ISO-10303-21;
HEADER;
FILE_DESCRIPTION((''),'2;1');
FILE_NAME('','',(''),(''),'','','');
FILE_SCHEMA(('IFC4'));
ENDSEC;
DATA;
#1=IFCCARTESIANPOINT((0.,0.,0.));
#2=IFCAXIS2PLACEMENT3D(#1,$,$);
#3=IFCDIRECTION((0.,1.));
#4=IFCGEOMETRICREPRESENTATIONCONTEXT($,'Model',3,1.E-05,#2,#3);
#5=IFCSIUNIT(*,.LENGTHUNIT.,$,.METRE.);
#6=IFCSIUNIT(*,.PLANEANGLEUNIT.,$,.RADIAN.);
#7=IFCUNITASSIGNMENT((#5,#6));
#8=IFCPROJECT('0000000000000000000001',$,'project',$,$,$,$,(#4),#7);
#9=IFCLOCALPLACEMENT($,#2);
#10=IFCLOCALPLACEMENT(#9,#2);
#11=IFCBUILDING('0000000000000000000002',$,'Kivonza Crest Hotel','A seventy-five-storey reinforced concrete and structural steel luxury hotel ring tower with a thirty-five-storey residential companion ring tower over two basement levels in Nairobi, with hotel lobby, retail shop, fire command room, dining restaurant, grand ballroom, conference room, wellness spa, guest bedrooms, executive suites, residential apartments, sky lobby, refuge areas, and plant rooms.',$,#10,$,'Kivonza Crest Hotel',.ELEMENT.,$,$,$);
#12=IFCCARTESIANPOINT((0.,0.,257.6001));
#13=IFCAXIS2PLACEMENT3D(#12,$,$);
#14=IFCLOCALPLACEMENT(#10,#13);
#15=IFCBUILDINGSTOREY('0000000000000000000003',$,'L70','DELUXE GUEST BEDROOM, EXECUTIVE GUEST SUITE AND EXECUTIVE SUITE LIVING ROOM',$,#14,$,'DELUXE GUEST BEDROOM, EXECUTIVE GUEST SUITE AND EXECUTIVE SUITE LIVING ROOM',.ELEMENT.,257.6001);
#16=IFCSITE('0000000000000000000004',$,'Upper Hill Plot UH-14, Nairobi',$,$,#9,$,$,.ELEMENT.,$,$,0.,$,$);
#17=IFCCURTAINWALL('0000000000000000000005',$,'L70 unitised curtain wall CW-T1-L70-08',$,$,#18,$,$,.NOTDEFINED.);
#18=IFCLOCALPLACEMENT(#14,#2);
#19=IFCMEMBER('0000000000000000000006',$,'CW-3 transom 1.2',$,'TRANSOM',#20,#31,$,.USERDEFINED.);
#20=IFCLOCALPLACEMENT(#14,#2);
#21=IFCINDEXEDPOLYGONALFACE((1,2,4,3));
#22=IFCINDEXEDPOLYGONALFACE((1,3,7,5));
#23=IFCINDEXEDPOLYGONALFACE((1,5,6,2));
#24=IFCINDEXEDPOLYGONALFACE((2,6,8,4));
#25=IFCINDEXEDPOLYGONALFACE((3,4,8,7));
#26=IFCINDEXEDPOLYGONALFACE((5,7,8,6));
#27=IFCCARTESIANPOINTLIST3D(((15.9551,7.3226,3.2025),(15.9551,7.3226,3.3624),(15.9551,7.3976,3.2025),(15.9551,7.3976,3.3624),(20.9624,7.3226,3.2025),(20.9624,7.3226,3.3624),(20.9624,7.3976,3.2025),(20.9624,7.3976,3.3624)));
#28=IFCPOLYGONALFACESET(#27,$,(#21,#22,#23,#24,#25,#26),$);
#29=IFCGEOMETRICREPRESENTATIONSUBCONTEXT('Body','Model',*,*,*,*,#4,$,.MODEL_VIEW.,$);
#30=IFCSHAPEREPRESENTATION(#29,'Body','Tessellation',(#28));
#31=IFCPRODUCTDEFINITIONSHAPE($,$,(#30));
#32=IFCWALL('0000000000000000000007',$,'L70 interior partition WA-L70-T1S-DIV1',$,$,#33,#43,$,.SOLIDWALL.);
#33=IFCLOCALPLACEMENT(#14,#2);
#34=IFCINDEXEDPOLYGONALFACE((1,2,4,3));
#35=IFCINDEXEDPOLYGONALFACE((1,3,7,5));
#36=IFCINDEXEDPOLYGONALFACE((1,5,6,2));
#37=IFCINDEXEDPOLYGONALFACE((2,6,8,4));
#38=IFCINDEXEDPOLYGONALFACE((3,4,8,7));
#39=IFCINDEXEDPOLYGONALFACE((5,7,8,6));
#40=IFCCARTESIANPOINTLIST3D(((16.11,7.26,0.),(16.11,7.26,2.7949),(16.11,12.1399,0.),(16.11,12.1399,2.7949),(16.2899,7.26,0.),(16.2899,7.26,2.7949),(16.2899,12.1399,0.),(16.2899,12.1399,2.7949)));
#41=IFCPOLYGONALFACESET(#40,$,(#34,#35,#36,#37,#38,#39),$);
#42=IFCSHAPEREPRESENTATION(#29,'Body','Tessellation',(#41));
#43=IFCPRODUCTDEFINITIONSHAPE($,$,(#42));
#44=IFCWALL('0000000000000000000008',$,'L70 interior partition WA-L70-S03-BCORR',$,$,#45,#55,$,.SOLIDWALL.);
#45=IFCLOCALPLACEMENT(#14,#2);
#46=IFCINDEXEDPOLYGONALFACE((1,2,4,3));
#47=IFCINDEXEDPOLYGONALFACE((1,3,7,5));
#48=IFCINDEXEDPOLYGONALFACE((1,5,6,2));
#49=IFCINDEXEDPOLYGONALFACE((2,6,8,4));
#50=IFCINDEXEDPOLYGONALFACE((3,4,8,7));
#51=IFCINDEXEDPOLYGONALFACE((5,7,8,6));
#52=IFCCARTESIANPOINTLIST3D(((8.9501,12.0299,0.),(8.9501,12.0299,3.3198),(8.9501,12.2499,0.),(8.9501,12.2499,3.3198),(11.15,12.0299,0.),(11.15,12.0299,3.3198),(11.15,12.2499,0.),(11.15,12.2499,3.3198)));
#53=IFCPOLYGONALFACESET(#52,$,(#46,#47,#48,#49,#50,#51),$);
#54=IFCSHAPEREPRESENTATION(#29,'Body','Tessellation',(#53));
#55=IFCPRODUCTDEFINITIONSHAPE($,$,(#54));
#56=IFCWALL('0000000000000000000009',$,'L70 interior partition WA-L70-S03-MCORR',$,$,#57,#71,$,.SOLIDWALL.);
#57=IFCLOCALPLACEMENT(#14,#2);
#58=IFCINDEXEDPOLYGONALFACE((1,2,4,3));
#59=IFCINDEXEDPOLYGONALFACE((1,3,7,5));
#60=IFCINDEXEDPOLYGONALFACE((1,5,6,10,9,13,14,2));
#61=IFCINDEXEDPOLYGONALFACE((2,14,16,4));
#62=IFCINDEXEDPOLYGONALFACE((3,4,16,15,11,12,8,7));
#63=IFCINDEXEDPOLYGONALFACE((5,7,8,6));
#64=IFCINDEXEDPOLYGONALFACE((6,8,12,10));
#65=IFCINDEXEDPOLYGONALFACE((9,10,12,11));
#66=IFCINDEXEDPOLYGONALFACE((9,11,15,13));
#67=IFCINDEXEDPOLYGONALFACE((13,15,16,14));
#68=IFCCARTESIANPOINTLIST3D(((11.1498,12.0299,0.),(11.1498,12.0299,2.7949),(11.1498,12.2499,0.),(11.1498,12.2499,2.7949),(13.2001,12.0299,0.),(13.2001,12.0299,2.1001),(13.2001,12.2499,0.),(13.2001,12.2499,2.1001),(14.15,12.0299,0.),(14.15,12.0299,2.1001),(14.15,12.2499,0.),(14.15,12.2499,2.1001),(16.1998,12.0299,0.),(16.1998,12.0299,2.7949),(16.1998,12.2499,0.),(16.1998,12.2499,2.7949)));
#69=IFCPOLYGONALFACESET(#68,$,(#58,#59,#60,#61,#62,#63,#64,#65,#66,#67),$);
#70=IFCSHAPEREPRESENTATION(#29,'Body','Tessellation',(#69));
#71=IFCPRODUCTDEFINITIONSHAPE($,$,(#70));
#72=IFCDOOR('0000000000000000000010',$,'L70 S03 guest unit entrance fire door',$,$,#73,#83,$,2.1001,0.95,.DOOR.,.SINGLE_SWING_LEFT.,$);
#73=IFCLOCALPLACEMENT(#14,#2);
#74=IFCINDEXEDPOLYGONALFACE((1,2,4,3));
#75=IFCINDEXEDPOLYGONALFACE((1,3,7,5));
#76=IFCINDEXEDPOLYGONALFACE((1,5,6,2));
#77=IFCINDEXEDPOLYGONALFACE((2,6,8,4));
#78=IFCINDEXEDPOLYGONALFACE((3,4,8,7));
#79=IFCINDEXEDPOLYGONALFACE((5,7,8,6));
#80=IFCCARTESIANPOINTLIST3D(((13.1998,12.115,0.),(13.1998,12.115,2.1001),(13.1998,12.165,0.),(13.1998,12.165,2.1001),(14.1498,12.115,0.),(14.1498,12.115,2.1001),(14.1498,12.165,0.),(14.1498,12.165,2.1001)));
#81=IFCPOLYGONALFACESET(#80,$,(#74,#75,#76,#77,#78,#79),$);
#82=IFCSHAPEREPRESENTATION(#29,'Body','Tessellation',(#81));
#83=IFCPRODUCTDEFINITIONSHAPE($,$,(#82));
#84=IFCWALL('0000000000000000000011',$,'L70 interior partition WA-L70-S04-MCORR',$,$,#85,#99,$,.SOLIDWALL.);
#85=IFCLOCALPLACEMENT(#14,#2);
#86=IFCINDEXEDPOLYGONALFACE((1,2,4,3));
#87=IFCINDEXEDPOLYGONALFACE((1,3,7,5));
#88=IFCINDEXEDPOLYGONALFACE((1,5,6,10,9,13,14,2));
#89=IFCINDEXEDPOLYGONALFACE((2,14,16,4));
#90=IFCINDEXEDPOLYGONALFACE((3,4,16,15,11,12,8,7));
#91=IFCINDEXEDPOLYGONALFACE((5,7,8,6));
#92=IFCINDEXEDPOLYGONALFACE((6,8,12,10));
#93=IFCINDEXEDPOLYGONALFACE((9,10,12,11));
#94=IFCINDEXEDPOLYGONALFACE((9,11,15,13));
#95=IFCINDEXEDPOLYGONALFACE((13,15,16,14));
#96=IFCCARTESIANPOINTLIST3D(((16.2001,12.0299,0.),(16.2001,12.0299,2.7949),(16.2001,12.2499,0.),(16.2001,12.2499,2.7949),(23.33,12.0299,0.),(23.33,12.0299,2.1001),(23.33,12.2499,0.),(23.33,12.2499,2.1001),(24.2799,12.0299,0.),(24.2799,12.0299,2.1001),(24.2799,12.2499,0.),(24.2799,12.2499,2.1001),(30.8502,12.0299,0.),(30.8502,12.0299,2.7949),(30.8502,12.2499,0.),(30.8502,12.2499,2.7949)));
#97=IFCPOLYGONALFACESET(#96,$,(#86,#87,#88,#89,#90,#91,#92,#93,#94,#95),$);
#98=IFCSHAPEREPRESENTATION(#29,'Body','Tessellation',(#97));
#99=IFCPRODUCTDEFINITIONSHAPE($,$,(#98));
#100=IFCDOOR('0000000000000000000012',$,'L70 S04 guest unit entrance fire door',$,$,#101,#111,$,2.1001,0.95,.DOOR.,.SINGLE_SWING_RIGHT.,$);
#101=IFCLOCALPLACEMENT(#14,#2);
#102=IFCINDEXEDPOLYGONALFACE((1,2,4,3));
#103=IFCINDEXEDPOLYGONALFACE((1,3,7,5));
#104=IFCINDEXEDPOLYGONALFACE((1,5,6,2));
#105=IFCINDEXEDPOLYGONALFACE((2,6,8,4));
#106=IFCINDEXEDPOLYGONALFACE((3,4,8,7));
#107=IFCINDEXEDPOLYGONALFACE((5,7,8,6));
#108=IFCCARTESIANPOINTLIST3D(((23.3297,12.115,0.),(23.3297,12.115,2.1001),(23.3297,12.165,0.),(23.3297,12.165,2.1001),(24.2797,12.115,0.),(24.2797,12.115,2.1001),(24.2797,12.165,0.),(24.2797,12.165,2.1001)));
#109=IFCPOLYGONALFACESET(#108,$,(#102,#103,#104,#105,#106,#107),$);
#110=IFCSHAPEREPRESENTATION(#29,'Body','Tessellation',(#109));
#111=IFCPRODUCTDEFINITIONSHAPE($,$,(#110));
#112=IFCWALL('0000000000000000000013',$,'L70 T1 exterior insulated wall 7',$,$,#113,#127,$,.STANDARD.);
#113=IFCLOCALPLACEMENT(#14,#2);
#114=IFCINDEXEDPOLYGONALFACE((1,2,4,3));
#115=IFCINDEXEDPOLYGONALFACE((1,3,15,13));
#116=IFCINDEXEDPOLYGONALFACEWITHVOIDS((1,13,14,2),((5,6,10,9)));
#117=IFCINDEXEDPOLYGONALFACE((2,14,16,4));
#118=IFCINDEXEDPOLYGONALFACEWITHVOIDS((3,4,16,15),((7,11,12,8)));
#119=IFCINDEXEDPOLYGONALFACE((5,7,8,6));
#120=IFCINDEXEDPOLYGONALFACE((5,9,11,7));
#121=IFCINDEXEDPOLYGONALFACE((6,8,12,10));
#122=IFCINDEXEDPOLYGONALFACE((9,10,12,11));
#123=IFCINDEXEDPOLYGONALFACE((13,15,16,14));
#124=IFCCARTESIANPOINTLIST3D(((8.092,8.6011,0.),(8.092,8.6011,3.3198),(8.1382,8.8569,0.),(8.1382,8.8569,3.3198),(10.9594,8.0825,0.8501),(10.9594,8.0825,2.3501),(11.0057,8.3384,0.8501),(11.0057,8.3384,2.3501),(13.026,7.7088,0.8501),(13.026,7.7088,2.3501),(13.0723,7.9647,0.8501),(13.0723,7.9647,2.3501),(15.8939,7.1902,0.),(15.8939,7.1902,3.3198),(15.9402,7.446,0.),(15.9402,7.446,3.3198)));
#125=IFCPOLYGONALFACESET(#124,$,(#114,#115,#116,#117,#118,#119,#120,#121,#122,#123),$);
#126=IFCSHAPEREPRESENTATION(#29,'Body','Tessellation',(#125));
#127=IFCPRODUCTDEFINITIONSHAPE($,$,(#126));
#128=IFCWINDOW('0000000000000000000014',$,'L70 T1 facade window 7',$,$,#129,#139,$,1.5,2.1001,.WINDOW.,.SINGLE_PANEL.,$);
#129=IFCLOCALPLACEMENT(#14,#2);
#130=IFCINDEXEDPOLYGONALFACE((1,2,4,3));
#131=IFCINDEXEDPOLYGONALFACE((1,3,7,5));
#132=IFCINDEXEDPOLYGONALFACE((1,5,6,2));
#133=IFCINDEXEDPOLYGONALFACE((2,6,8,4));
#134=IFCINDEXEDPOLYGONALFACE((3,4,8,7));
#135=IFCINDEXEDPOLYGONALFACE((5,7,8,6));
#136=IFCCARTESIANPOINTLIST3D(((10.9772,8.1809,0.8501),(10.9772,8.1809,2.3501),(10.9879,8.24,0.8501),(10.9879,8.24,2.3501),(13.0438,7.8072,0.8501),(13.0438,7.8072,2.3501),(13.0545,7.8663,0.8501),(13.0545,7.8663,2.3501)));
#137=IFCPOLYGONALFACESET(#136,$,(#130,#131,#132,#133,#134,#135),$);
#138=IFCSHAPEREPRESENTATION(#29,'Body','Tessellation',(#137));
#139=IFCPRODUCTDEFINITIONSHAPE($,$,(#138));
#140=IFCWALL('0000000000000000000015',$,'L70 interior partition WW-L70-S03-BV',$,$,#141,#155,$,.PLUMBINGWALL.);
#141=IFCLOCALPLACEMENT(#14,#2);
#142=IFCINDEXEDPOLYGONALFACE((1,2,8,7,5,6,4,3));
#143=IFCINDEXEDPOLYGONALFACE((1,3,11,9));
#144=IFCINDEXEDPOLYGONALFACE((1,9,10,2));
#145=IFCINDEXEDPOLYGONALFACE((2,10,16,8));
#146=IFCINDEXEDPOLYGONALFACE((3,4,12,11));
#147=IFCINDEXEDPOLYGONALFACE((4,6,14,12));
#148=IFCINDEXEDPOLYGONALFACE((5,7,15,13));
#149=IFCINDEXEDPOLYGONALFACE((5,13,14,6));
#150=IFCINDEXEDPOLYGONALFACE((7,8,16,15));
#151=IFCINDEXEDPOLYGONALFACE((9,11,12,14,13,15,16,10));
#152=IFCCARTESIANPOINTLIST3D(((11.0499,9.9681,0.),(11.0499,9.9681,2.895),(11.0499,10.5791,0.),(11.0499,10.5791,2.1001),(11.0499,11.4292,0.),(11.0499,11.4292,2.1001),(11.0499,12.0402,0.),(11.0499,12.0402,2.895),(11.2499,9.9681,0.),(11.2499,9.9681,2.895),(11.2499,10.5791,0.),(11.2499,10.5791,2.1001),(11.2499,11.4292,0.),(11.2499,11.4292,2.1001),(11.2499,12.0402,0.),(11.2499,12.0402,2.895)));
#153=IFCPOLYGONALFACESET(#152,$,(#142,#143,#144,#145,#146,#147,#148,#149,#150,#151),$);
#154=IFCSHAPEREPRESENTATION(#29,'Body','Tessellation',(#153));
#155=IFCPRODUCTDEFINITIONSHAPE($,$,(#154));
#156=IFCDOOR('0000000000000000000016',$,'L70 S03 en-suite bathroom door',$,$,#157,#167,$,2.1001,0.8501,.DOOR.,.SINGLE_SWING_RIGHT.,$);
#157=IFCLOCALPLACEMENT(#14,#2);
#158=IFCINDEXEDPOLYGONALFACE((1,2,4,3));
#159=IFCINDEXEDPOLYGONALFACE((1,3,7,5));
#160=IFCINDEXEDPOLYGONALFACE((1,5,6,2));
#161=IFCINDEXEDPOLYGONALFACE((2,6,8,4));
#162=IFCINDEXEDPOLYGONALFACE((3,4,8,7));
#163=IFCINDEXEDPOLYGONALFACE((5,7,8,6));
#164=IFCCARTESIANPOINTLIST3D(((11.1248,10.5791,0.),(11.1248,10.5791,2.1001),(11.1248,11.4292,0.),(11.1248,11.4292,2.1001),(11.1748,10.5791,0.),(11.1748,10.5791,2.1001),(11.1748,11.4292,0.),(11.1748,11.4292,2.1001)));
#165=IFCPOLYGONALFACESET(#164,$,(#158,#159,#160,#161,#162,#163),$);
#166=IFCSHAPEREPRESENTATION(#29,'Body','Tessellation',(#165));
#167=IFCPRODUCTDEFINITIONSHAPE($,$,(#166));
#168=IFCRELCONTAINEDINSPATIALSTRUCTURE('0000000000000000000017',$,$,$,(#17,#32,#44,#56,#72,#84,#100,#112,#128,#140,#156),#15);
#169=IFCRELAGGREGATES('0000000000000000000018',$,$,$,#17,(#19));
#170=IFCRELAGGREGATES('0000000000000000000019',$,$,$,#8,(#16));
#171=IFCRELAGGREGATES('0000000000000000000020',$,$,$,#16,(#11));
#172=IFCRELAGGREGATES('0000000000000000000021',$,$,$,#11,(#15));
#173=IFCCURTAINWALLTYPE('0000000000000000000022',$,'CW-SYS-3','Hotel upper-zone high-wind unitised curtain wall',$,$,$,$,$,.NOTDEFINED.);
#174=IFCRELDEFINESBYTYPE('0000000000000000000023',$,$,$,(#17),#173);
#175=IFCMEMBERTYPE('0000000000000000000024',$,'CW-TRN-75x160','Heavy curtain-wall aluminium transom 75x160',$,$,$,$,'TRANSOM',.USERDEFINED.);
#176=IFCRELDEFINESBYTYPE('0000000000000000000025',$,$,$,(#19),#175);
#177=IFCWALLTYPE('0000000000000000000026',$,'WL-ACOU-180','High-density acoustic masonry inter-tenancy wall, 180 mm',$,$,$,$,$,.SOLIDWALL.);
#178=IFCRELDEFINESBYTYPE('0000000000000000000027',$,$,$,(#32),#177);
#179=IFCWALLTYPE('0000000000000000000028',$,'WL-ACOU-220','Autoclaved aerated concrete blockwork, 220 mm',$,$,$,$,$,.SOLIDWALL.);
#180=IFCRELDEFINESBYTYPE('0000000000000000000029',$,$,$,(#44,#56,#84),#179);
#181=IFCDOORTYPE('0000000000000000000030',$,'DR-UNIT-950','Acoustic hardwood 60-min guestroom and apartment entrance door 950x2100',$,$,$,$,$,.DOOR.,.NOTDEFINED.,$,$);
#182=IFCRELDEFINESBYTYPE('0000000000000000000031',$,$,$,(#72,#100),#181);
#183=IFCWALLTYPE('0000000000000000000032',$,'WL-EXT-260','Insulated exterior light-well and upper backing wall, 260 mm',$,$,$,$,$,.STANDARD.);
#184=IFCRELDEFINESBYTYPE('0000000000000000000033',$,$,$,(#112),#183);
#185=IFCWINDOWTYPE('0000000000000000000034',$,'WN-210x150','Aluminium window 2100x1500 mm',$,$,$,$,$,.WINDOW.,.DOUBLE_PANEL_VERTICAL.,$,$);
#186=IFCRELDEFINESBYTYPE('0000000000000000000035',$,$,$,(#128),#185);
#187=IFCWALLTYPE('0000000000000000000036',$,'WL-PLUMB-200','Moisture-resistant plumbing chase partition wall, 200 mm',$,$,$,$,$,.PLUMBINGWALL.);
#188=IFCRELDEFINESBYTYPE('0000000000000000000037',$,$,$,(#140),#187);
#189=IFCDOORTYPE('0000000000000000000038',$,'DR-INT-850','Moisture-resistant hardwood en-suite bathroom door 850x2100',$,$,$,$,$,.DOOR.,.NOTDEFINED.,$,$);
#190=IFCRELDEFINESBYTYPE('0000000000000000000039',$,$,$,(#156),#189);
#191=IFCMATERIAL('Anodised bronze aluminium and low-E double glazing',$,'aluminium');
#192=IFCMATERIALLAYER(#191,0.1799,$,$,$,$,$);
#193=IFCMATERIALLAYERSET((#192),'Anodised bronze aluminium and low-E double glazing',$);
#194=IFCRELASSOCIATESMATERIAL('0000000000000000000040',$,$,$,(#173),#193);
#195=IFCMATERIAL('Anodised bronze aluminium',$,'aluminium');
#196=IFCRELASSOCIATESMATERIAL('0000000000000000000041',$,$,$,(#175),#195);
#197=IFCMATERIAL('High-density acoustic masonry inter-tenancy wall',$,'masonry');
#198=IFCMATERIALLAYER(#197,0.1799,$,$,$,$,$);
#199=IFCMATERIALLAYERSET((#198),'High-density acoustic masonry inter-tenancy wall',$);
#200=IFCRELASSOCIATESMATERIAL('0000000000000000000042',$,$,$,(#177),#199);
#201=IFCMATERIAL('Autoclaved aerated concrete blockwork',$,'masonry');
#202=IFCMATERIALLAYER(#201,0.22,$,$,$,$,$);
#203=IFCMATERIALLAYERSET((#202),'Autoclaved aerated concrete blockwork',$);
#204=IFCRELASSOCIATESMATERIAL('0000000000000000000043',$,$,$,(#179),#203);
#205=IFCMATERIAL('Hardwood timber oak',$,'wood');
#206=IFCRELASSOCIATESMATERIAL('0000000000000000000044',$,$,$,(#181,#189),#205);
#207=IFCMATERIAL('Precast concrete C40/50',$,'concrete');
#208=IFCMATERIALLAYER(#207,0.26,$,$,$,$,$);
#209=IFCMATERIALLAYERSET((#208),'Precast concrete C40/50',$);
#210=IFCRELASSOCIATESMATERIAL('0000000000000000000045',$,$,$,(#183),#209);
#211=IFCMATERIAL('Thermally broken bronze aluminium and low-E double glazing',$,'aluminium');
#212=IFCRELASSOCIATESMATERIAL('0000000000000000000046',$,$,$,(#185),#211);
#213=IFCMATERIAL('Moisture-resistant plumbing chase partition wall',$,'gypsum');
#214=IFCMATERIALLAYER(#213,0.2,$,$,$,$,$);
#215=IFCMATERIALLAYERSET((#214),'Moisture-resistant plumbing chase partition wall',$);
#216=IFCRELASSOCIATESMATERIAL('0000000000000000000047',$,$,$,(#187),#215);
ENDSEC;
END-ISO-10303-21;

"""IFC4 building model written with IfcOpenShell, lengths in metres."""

from ifc_helpers import new_model, si_unit, direction, frame, frame_2d, origin, origin_2d, place, context, subcontext, project, spatial, rectangle, extrude, material, layer, layer_set, material_profile, profile_set, type_object, element, fill, aggregate, save


model = new_model("IFC4")

# Units and contexts
model_context = context("Model", 3, precision=1e-05, world=origin(), true_north=direction((0.0, 1.0)))
body_context = subcontext(model_context, "Body", "Model", "MODEL_VIEW")
ifc_project = project(units=[si_unit("LENGTHUNIT", "METRE"), si_unit("PLANEANGLEUNIT", "RADIAN")], contexts=[model_context])

# Site, building, storey
site_placement = place(None, origin())
site = spatial("IfcSite", under=ifc_project, at=site_placement, Name="Upper Hill Plot UH-14, Nairobi", CompositionType="ELEMENT", RefElevation=0.0)
building_placement = place(site_placement, origin())
building = spatial("IfcBuilding", under=site, at=building_placement, Name="Kivonza Crest Hotel", Description="A seventy-five-storey reinforced concrete and structural steel luxury hotel ring tower with a thirty-five-storey residential companion ring tower over two basement levels in Nairobi, with hotel lobby, retail shop, fire command room, dining restaurant, grand ballroom, conference room, wellness spa, guest bedrooms, executive suites, residential apartments, sky lobby, refuge areas, and plant rooms.", LongName="Kivonza Crest Hotel", CompositionType="ELEMENT")
storey_placement = place(building_placement, frame((0.0, 0.0, 257.6001)))
storey = spatial("IfcBuildingStorey", under=building, at=storey_placement, Name="L70", Description="DELUXE GUEST BEDROOM, EXECUTIVE GUEST SUITE AND EXECUTIVE SUITE LIVING ROOM", LongName="DELUXE GUEST BEDROOM, EXECUTIVE GUEST SUITE AND EXECUTIVE SUITE LIVING ROOM", CompositionType="ELEMENT", Elevation=257.6001)

# Curtain wall, member
ifc_material_1 = material(Name="Anodised bronze aluminium and low-E double glazing", Category="aluminium")
ifc_layer_1 = layer(ifc_material_1, 0.1799)
ifc_layer_set_1 = layer_set([ifc_layer_1], Name="Anodised bronze aluminium and low-E double glazing")
curtain_wall_type = type_object("IfcCurtainWallType", Name="CW-SYS-3", Description="Hotel upper-zone high-wind unitised curtain wall", PredefinedType="NOTDEFINED", material=ifc_layer_set_1)
curtain_wall_placement = place(storey_placement, origin())
curtain_wall = element("IfcCurtainWall", 1, at=curtain_wall_placement, inside=storey, type_object=curtain_wall_type, Name="L70 unitised curtain wall CW-T1-L70-08", PredefinedType="NOTDEFINED")
ifc_material_2 = material(Name="Anodised bronze aluminium", Category="aluminium")
ifc_material_profile_1 = material_profile(ifc_material_2, rectangle(XDim=0.075, YDim=0.1599, at=origin_2d()), Name="CW-T 75x160")
ifc_profile_set_1 = profile_set([ifc_material_profile_1], Name="Anodised bronze aluminium")
member_type_1 = type_object("IfcMemberType", Name="CW-TRN-75x160", Description="Heavy curtain-wall aluminium transom 75x160", ElementType="TRANSOM", PredefinedType="USERDEFINED", material=ifc_profile_set_1)
member_1_placement = place(storey_placement, frame((15.9551, 7.3601, 3.2825), z_axis=(1.0, 0.0, 0.0), x_axis=(0.0, 1.0, 0.0)))
member_1 = element("IfcMember", 2, at=member_1_placement, type_object=member_type_1, Name="CW-3 transom 1.2", ObjectType="TRANSOM", PredefinedType="USERDEFINED", context=body_context, shape_type="SweptSolid", body=[
    extrude(rectangle(XDim=0.075, YDim=0.1599, at=origin_2d()), origin(), (0.0, 0.0, 1.0), 5.0073),
])
aggregate(curtain_wall, [member_1])

# Walls
ifc_material_3 = material(Name="High-density acoustic masonry inter-tenancy wall", Category="masonry")
ifc_layer_2 = layer(ifc_material_3, 0.1799)
ifc_layer_set_2 = layer_set([ifc_layer_2], Name="High-density acoustic masonry inter-tenancy wall")
wall_type_1 = type_object("IfcWallType", Name="WL-ACOU-180", Description="High-density acoustic masonry inter-tenancy wall, 180 mm", PredefinedType="SOLIDWALL", material=ifc_layer_set_2)
wall_1_placement = place(storey_placement, frame((16.2, 7.26, 0.0), z_axis=(0.0, 0.0, 1.0), x_axis=(0.0, 1.0, 0.0)))
element("IfcWall", 3, at=wall_1_placement, inside=storey, type_object=wall_type_1, Name="L70 interior partition WA-L70-T1S-DIV1", PredefinedType="SOLIDWALL", context=body_context, shape_type="SweptSolid", body=[
    extrude(rectangle(XDim=4.8799, YDim=0.1799, at=frame_2d((2.4399, 0.0))), origin(), (0.0, 0.0, 1.0), 2.7949),
])
ifc_material_4 = material(Name="Autoclaved aerated concrete blockwork", Category="masonry")
ifc_layer_3 = layer(ifc_material_4, 0.22)
ifc_layer_set_3 = layer_set([ifc_layer_3], Name="Autoclaved aerated concrete blockwork")
wall_type_2 = type_object("IfcWallType", Name="WL-ACOU-220", Description="Autoclaved aerated concrete blockwork, 220 mm", PredefinedType="SOLIDWALL", material=ifc_layer_set_3)
wall_2_placement = place(storey_placement, frame((8.95, 12.1399, 0.0), z_axis=(0.0, 0.0, 1.0), x_axis=(1.0, 0.0, 0.0)))
element("IfcWall", 4, at=wall_2_placement, inside=storey, type_object=wall_type_2, Name="L70 interior partition WA-L70-S03-BCORR", PredefinedType="SOLIDWALL", context=body_context, shape_type="SweptSolid", body=[
    extrude(rectangle(XDim=2.2, YDim=0.22, at=frame_2d((1.1001, 0.0))), origin(), (0.0, 0.0, 1.0), 3.3198),
])

# Walls, openings, doors
wall_3_placement = place(storey_placement, frame((11.1499, 12.1399, 0.0), z_axis=(0.0, 0.0, 1.0), x_axis=(1.0, 0.0, 0.0)))
wall_3 = element("IfcWall", 5, at=wall_3_placement, inside=storey, type_object=wall_type_2, Name="L70 interior partition WA-L70-S03-MCORR", PredefinedType="SOLIDWALL", context=body_context, shape_type="SweptSolid", body=[
    extrude(rectangle(XDim=5.05, YDim=0.22, at=frame_2d((2.5249, 0.0))), origin(), (0.0, 0.0, 1.0), 2.7949),
])
opening_1_placement = place(wall_3_placement, frame((2.05, 0.0, 0.0)))
opening_1 = element("IfcOpeningElement", 6, at=opening_1_placement, cuts=wall_3, PredefinedType="OPENING", context=body_context, shape_type="SweptSolid", body=[
    extrude(rectangle(XDim=0.95, YDim=2.1001, at=frame_2d((0.4751, 1.05))), frame((0.0, 0.1201, 0.0), z_axis=(0.0, -1.0, 0.0), x_axis=(1.0, 0.0, 0.0)), (0.0, 0.0, 1.0), 0.24),
])
ifc_material_5 = material(Name="Hardwood timber oak", Category="wood")
door_type_1 = type_object("IfcDoorType", Name="DR-UNIT-950", Description="Acoustic hardwood 60-min guestroom and apartment entrance door 950x2100", OperationType="NOTDEFINED", PredefinedType="DOOR", material=ifc_material_5)
door_1_placement = place(opening_1_placement, frame((0.95, 0.0, 0.0), z_axis=(0.0, 0.0, 1.0), x_axis=(-1.0, 0.0, 0.0)))
door_1 = element("IfcDoor", 7, at=door_1_placement, inside=storey, type_object=door_type_1, Name="L70 S03 guest unit entrance fire door", OperationType="SINGLE_SWING_LEFT", OverallHeight=2.1001, OverallWidth=0.95, PredefinedType="DOOR", context=body_context, shape_type="SweptSolid", body=[
    extrude(rectangle(XDim=0.95, YDim=2.1001, at=frame_2d((0.4751, 1.05))), frame((0.0, 0.0249, 0.0), z_axis=(0.0, -1.0, 0.0), x_axis=(1.0, 0.0, 0.0)), (0.0, 0.0, 1.0), 0.05),
])
fill(opening_1, door_1)
wall_4_placement = place(storey_placement, frame((16.2, 12.1399, 0.0), z_axis=(0.0, 0.0, 1.0), x_axis=(1.0, 0.0, 0.0)))
wall_4 = element("IfcWall", 8, at=wall_4_placement, inside=storey, type_object=wall_type_2, Name="L70 interior partition WA-L70-S04-MCORR", PredefinedType="SOLIDWALL", context=body_context, shape_type="SweptSolid", body=[
    extrude(rectangle(XDim=14.6501, YDim=0.22, at=frame_2d((7.3252, 0.0))), origin(), (0.0, 0.0, 1.0), 2.7949),
])
opening_2_placement = place(wall_4_placement, frame((7.1299, 0.0, 0.0)))
opening_2 = element("IfcOpeningElement", 9, at=opening_2_placement, cuts=wall_4, PredefinedType="OPENING", context=body_context, shape_type="SweptSolid", body=[
    extrude(rectangle(XDim=0.95, YDim=2.1001, at=frame_2d((0.4751, 1.05))), frame((0.0, 0.1201, 0.0), z_axis=(0.0, -1.0, 0.0), x_axis=(1.0, 0.0, 0.0)), (0.0, 0.0, 1.0), 0.24),
])
door_2_placement = place(opening_2_placement, frame((0.95, 0.0, 0.0), z_axis=(0.0, 0.0, 1.0), x_axis=(-1.0, 0.0, 0.0)))
door_2 = element("IfcDoor", 10, at=door_2_placement, inside=storey, type_object=door_type_1, Name="L70 S04 guest unit entrance fire door", OperationType="SINGLE_SWING_RIGHT", OverallHeight=2.1001, OverallWidth=0.95, PredefinedType="DOOR", context=body_context, shape_type="SweptSolid", body=[
    extrude(rectangle(XDim=0.95, YDim=2.1001, at=frame_2d((0.4751, 1.05))), frame((0.0, 0.0249, 0.0), z_axis=(0.0, -1.0, 0.0), x_axis=(1.0, 0.0, 0.0)), (0.0, 0.0, 1.0), 0.05),
])
fill(opening_2, door_2)

# Wall, opening, window
ifc_material_6 = material(Name="Precast concrete C40/50", Category="concrete")
ifc_layer_4 = layer(ifc_material_6, 0.26)
ifc_layer_set_4 = layer_set([ifc_layer_4], Name="Precast concrete C40/50")
wall_type_3 = type_object("IfcWallType", Name="WL-EXT-260", Description="Insulated exterior light-well and upper backing wall, 260 mm", PredefinedType="STANDARD", material=ifc_layer_set_4)
wall_5_placement = place(storey_placement, frame((8.115, 8.729, 0.0), z_axis=(0.0, 0.0, 1.0), x_axis=(0.984039, -0.17795, 0.0)))
wall_5 = element("IfcWall", 11, at=wall_5_placement, inside=storey, type_object=wall_type_3, Name="L70 T1 exterior insulated wall 7", PredefinedType="STANDARD", context=body_context, shape_type="SweptSolid", body=[
    extrude(rectangle(XDim=7.9285, YDim=0.26, at=frame_2d((3.9644, 0.0))), origin(), (0.0, 0.0, 1.0), 3.3198),
])
opening_3_placement = place(wall_5_placement, frame((2.9141, 0.0, 0.8501)))
opening_3 = element("IfcOpeningElement", 12, at=opening_3_placement, cuts=wall_5, PredefinedType="OPENING", context=body_context, shape_type="SweptSolid", body=[
    extrude(rectangle(XDim=2.1001, YDim=1.5, at=frame_2d((1.05, 0.75))), frame((0.0, 0.1401, 0.0), z_axis=(0.0, -1.0, 0.0), x_axis=(1.0, 0.0, 0.0)), (0.0, 0.0, 1.0), 0.28),
])
ifc_material_7 = material(Name="Thermally broken bronze aluminium and low-E double glazing", Category="aluminium")
window_type = type_object("IfcWindowType", Name="WN-210x150", Description="Aluminium window 2100x1500 mm", PartitioningType="DOUBLE_PANEL_VERTICAL", PredefinedType="WINDOW", material=ifc_material_7)
window_placement = place(opening_3_placement, origin())
window = element("IfcWindow", 13, at=window_placement, inside=storey, type_object=window_type, Name="L70 T1 facade window 7", OverallHeight=1.5, OverallWidth=2.1001, PartitioningType="SINGLE_PANEL", PredefinedType="WINDOW", context=body_context, shape_type="SweptSolid", body=[
    extrude(rectangle(XDim=2.1001, YDim=1.5, at=frame_2d((1.05, 0.75))), frame((0.0, 0.03, 0.0), z_axis=(0.0, -1.0, 0.0), x_axis=(1.0, 0.0, 0.0)), (0.0, 0.0, 1.0), 0.0601),
])
fill(opening_3, window)

# Wall, opening, door
ifc_material_8 = material(Name="Moisture-resistant plumbing chase partition wall", Category="gypsum")
ifc_layer_5 = layer(ifc_material_8, 0.2)
ifc_layer_set_5 = layer_set([ifc_layer_5], Name="Moisture-resistant plumbing chase partition wall")
wall_type_4 = type_object("IfcWallType", Name="WL-PLUMB-200", Description="Moisture-resistant plumbing chase partition wall, 200 mm", PredefinedType="PLUMBINGWALL", material=ifc_layer_set_5)
wall_6_placement = place(storey_placement, frame((11.1499, 9.968, 0.0), z_axis=(0.0, 0.0, 1.0), x_axis=(0.0, 1.0, 0.0)))
wall_6 = element("IfcWall", 14, at=wall_6_placement, inside=storey, type_object=wall_type_4, Name="L70 interior partition WW-L70-S03-BV", PredefinedType="PLUMBINGWALL", context=body_context, shape_type="SweptSolid", body=[
    extrude(rectangle(XDim=2.072, YDim=0.2, at=frame_2d((1.0361, 0.0))), origin(), (0.0, 0.0, 1.0), 2.895),
])
opening_4_placement = place(wall_6_placement, frame((0.6111, 0.0, 0.0)))
opening_4 = element("IfcOpeningElement", 15, at=opening_4_placement, cuts=wall_6, PredefinedType="OPENING", context=body_context, shape_type="SweptSolid", body=[
    extrude(rectangle(XDim=0.8501, YDim=2.1001, at=frame_2d((0.425, 1.05))), frame((0.0, 0.1099, 0.0), z_axis=(0.0, -1.0, 0.0), x_axis=(1.0, 0.0, 0.0)), (0.0, 0.0, 1.0), 0.22),
])
door_type_2 = type_object("IfcDoorType", Name="DR-INT-850", Description="Moisture-resistant hardwood en-suite bathroom door 850x2100", OperationType="NOTDEFINED", PredefinedType="DOOR", material=ifc_material_5)
door_3_placement = place(opening_4_placement, frame((0.8501, 0.0, 0.0), z_axis=(0.0, 0.0, 1.0), x_axis=(-1.0, 0.0, 0.0)))
door_3 = element("IfcDoor", 16, at=door_3_placement, inside=storey, type_object=door_type_2, Name="L70 S03 en-suite bathroom door", OperationType="SINGLE_SWING_RIGHT", OverallHeight=2.1001, OverallWidth=0.8501, PredefinedType="DOOR", context=body_context, shape_type="SweptSolid", body=[
    extrude(rectangle(XDim=0.8501, YDim=2.1001, at=frame_2d((0.425, 1.05))), frame((0.0, 0.0249, 0.0), z_axis=(0.0, -1.0, 0.0), x_axis=(1.0, 0.0, 0.0)), (0.0, 0.0, 1.0), 0.05),
])
fill(opening_4, door_3)

save(model, "model.ifc")
